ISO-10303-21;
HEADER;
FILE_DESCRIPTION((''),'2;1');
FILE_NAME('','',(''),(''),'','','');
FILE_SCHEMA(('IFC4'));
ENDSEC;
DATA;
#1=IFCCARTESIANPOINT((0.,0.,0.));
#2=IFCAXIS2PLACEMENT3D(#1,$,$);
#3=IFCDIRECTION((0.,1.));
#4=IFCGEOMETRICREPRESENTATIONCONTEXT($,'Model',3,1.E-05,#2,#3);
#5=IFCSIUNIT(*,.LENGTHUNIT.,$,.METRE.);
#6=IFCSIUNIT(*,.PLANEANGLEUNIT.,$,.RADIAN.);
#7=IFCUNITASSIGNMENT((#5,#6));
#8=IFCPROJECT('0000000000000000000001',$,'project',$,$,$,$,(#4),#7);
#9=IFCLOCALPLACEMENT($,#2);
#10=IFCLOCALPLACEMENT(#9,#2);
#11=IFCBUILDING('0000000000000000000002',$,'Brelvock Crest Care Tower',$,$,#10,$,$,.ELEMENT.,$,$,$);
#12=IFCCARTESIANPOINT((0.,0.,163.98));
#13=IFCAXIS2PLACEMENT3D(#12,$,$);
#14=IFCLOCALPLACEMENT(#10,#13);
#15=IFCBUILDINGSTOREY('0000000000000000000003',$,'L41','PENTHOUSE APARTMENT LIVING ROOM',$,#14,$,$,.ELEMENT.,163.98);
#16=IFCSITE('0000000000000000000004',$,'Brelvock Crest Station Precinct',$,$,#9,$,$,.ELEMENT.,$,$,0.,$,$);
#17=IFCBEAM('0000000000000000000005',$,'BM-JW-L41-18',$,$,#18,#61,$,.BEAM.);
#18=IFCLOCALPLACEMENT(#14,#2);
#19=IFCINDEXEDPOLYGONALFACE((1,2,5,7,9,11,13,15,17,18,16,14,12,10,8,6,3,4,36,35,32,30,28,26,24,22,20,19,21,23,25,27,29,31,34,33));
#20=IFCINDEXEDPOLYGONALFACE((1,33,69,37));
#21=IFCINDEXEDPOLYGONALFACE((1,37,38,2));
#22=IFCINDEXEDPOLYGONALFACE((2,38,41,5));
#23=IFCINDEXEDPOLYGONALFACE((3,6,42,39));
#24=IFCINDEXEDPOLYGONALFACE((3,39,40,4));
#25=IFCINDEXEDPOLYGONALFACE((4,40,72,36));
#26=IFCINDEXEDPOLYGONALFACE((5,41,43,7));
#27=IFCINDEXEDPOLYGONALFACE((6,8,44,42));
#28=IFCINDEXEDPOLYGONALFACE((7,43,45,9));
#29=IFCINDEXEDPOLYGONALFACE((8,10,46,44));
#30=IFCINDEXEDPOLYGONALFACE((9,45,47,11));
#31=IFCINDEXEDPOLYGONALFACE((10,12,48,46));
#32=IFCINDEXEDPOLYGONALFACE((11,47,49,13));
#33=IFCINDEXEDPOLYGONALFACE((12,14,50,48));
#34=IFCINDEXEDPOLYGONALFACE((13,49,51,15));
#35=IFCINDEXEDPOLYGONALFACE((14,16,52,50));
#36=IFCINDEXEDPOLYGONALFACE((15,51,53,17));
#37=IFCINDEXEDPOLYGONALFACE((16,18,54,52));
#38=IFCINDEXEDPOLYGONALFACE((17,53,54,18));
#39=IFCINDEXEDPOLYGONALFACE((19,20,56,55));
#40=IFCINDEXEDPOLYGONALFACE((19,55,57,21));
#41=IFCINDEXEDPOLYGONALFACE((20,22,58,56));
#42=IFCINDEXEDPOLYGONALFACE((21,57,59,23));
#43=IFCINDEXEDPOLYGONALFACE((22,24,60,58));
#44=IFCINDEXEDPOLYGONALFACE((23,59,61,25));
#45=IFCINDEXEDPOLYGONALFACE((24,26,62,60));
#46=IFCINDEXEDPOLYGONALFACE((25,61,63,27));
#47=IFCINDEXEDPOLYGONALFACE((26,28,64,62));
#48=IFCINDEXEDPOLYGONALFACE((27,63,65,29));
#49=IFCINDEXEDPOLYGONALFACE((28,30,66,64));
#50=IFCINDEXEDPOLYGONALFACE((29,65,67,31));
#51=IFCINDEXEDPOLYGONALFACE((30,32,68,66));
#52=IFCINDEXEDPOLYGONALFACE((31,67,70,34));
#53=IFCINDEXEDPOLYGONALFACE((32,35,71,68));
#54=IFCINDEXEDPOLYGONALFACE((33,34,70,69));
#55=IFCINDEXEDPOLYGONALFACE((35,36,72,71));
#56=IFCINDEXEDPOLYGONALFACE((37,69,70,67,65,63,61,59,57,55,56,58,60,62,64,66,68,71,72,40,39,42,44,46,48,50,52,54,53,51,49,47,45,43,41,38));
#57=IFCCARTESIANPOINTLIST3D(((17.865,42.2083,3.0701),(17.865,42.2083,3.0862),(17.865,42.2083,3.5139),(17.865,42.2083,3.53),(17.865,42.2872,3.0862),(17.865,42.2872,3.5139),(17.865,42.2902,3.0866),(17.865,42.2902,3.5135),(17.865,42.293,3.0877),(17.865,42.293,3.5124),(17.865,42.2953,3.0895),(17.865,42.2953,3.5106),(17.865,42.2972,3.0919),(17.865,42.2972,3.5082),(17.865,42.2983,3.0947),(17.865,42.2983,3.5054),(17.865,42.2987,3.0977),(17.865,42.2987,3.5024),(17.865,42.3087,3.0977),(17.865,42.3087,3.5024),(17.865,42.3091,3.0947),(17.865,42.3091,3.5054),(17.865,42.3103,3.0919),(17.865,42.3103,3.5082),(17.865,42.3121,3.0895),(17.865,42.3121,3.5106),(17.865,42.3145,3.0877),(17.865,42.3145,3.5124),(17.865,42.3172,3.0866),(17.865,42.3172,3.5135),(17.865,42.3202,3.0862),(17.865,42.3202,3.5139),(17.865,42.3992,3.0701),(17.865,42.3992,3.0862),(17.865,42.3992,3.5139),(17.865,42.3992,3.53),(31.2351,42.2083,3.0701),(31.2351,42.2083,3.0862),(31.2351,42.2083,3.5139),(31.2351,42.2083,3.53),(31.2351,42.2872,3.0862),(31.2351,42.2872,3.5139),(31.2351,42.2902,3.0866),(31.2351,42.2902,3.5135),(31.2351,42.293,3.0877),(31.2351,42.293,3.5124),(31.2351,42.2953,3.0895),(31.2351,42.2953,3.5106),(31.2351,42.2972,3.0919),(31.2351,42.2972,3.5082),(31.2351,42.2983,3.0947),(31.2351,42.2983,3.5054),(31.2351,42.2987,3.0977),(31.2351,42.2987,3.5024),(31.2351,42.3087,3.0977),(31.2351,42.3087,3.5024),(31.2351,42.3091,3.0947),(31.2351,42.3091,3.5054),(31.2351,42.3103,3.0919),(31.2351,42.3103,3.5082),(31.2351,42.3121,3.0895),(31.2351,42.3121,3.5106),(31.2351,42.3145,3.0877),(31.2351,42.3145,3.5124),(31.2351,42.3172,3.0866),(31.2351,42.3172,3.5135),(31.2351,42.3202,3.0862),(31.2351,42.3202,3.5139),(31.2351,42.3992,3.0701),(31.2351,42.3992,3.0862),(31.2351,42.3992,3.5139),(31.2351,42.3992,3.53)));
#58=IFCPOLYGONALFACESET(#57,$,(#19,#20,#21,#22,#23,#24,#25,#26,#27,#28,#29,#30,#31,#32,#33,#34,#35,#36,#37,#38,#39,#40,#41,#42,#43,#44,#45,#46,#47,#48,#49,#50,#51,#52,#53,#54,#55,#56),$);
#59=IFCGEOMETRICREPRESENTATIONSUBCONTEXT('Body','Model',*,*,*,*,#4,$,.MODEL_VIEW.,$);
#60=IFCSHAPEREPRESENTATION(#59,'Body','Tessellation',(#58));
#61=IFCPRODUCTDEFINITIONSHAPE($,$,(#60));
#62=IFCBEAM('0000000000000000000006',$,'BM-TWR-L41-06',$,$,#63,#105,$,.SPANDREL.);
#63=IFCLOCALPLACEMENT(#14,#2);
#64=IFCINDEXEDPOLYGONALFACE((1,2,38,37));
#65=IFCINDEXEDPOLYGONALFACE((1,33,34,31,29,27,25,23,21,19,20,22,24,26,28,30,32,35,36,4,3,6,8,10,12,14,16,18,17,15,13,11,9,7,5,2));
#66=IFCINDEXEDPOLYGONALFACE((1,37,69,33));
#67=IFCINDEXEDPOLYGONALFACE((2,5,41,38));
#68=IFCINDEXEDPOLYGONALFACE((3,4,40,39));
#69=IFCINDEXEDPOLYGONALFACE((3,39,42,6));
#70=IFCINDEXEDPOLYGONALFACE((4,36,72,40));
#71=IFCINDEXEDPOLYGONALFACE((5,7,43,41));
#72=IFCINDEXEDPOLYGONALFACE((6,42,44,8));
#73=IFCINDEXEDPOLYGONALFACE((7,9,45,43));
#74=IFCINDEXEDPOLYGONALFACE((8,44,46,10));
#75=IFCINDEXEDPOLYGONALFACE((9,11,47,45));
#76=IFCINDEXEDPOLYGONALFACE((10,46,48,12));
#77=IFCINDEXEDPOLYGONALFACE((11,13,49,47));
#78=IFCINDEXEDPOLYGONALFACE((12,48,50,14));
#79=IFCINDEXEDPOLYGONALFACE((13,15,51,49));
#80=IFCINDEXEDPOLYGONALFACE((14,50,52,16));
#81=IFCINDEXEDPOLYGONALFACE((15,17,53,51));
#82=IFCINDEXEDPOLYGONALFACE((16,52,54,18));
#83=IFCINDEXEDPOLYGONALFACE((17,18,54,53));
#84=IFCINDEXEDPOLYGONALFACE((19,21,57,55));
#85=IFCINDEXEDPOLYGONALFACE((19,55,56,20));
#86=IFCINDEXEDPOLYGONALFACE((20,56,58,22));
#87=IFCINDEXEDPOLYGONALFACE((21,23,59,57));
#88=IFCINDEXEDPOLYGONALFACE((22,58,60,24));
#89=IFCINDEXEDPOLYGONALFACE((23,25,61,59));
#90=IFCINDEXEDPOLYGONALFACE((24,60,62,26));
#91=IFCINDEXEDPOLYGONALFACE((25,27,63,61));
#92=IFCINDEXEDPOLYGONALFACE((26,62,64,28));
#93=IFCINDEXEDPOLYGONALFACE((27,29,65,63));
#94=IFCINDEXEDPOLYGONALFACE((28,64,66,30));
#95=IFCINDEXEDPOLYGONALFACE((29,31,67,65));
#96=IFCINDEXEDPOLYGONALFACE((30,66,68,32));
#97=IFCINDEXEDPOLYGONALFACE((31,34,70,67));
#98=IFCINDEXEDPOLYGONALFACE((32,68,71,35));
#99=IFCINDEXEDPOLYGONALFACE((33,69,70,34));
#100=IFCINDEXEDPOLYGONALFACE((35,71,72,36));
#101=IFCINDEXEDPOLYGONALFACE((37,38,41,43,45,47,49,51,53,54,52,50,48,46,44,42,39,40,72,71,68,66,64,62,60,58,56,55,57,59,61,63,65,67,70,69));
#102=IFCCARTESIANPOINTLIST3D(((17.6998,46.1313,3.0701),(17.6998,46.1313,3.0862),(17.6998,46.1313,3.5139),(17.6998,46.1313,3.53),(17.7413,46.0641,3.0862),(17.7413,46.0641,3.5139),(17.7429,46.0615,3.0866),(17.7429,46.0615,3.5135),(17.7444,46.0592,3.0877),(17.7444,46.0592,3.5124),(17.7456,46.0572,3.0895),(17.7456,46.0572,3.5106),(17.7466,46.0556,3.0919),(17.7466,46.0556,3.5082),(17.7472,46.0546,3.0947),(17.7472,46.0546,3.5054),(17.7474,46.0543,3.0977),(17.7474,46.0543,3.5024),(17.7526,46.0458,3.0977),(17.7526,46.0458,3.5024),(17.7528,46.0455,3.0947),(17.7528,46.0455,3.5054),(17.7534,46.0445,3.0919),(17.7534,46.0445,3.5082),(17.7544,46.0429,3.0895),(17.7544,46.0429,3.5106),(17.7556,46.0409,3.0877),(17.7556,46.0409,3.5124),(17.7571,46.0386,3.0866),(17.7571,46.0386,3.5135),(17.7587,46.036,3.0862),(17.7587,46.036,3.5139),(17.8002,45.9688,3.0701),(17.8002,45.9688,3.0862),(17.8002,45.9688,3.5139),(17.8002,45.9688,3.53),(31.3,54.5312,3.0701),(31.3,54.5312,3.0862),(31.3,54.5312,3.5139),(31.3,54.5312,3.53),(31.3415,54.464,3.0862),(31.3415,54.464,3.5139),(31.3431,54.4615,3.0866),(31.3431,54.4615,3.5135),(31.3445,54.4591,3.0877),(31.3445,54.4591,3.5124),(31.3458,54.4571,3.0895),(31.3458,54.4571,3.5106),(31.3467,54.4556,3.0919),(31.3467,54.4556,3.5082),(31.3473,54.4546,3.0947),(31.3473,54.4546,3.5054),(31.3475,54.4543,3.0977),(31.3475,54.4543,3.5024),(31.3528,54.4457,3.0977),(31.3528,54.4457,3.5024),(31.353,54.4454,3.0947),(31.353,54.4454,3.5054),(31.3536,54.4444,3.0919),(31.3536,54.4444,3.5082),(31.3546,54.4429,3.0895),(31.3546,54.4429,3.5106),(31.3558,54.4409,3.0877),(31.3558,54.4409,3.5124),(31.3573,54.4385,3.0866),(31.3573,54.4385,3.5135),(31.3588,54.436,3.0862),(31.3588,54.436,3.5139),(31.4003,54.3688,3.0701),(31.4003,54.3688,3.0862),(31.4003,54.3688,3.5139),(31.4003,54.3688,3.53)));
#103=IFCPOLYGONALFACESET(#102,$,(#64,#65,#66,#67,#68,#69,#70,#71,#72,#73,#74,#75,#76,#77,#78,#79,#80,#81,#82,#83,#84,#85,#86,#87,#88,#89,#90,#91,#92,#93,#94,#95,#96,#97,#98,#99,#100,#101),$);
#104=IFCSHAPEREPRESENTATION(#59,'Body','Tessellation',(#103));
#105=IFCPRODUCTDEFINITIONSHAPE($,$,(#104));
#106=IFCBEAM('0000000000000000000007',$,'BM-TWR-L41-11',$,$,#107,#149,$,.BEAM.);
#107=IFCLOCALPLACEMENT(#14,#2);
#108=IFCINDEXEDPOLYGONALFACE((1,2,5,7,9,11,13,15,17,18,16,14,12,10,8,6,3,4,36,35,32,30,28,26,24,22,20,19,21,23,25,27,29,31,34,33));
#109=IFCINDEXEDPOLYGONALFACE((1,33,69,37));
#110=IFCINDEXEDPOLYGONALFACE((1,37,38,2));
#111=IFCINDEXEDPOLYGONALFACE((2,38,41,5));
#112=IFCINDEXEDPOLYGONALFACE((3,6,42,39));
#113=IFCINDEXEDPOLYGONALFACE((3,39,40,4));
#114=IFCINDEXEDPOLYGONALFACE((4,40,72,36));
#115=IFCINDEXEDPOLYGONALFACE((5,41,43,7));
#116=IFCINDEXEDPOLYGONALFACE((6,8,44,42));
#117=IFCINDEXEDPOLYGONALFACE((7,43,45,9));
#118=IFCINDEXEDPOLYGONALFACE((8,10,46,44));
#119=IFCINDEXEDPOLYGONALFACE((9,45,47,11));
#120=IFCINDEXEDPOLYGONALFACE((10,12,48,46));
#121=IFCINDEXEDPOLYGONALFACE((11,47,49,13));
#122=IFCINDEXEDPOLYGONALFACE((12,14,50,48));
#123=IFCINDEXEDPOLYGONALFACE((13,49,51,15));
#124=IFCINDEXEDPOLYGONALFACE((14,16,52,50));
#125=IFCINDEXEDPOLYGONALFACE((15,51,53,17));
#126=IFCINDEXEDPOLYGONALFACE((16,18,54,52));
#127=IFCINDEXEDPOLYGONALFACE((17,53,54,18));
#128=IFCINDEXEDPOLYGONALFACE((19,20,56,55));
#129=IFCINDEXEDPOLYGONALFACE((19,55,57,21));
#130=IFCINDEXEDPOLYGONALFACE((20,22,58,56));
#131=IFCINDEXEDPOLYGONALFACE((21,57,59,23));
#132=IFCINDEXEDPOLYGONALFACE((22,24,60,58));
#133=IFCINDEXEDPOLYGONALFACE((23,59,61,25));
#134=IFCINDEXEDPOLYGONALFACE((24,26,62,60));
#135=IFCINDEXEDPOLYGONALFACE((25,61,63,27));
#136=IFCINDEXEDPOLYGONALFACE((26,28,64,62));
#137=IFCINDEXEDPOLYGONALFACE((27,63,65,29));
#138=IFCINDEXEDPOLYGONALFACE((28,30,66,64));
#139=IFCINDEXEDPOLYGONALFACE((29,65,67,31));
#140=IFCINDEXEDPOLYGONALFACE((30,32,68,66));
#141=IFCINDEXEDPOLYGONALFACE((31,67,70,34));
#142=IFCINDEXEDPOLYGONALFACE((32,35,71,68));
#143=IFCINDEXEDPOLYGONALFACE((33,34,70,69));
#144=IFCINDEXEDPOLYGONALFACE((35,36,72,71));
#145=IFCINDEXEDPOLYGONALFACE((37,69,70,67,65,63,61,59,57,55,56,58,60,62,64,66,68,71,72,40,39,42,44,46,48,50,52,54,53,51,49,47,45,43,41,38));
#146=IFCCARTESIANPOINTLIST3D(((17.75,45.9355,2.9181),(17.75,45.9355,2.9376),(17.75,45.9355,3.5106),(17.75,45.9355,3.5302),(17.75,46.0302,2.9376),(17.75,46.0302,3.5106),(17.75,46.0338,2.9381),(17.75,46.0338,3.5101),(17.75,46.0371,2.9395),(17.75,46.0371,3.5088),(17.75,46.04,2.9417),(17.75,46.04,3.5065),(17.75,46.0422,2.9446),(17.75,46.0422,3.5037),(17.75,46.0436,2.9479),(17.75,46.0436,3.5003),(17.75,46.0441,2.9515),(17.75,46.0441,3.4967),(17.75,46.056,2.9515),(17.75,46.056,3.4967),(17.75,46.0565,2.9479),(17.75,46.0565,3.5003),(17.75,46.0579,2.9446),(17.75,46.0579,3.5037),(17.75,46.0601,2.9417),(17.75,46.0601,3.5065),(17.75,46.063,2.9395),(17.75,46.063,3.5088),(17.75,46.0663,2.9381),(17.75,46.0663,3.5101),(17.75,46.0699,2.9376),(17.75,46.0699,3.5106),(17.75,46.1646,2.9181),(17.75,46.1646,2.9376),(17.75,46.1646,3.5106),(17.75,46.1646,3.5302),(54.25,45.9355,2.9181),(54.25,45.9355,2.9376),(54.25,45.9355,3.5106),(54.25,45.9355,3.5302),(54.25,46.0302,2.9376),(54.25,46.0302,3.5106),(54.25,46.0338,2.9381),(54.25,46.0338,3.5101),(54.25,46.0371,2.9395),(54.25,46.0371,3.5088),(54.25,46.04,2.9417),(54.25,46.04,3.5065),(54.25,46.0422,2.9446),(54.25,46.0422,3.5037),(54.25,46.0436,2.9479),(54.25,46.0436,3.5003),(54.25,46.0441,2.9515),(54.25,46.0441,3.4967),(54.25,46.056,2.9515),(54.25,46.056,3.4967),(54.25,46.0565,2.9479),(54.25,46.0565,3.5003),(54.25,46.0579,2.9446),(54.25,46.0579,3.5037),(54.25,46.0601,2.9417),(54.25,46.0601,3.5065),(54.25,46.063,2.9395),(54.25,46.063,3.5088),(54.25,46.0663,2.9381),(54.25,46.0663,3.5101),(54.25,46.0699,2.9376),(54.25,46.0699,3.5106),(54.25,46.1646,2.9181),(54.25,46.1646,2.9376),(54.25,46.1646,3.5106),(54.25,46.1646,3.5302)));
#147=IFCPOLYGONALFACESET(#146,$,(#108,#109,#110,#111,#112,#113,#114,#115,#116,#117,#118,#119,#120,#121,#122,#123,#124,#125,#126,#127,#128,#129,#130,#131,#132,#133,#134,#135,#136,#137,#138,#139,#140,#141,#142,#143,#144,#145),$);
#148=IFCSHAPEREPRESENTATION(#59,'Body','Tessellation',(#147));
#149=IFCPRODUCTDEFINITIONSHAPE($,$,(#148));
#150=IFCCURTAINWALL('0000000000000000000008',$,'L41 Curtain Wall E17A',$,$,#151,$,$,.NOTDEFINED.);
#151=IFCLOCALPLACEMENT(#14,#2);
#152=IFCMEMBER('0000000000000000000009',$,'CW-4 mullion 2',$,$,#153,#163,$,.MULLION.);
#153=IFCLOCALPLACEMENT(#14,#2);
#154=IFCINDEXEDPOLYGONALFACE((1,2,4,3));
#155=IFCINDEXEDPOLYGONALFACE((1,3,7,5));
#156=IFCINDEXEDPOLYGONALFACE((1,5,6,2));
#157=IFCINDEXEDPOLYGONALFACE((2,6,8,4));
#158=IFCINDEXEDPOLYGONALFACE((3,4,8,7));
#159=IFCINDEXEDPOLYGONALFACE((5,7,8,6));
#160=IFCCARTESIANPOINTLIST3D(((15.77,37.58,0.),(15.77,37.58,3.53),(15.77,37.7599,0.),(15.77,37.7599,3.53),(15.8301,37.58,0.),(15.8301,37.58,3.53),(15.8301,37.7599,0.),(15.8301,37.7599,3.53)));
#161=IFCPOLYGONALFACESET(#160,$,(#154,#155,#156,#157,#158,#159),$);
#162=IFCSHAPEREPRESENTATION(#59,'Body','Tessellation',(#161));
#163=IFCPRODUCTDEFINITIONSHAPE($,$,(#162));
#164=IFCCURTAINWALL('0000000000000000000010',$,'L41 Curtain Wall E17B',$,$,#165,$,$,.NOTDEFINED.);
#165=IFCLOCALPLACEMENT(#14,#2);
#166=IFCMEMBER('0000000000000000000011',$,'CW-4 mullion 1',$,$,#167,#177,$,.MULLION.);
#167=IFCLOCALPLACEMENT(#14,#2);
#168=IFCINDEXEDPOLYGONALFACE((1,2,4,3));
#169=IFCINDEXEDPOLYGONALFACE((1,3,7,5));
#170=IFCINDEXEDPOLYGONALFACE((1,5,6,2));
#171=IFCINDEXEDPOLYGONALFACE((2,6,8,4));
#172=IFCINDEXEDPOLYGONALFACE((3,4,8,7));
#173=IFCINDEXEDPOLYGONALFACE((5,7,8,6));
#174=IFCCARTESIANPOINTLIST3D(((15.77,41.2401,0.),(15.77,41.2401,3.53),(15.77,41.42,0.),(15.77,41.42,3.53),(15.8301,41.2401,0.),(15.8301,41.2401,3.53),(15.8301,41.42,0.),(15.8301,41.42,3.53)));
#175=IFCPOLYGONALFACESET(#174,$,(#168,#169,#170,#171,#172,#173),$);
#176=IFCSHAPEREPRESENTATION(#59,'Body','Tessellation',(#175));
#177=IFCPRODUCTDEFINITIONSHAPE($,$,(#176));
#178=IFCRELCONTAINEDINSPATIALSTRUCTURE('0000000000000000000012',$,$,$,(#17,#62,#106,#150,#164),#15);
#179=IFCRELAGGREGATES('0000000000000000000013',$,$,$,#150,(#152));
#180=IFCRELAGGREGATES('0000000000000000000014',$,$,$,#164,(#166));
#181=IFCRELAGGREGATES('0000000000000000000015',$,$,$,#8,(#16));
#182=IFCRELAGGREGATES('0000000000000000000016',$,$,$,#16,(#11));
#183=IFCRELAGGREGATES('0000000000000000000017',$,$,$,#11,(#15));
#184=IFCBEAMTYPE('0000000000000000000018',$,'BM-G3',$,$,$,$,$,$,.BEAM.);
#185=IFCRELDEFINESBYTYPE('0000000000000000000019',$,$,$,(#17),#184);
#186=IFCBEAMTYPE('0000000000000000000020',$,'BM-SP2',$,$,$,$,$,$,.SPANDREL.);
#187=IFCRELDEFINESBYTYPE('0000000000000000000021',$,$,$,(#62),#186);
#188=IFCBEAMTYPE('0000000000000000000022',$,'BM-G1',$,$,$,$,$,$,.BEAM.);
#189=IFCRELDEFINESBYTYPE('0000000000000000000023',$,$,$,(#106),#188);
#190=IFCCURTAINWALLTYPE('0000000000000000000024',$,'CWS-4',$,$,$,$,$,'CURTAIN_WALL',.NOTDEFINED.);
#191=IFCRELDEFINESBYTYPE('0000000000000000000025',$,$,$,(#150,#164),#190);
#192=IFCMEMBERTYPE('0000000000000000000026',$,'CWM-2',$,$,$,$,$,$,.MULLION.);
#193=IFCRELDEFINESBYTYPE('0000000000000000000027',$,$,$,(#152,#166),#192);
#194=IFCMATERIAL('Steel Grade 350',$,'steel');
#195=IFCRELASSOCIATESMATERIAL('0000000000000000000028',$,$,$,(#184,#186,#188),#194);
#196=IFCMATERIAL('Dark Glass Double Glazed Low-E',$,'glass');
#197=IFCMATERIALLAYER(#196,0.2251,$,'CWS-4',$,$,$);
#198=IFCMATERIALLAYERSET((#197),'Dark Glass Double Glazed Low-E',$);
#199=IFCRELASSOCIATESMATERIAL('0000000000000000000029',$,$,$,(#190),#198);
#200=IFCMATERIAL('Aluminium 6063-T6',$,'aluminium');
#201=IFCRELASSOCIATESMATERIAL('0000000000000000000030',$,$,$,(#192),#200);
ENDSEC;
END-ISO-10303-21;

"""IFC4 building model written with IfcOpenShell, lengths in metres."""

from ifc_helpers import new_model, si_unit, direction, frame, origin, origin_2d, place, context, subcontext, project, spatial, rectangle, i_section, extrude, source, transform, mapped, material, layer, layer_set, material_profile, profile_set, type_object, element, aggregate, save


model = new_model("IFC4")

# Units and contexts
model_context = context("Model", 3, precision=1e-05, world=origin(), true_north=direction((0.0, 1.0)))
body_context = subcontext(model_context, "Body", "Model", "MODEL_VIEW")
ifc_project = project(units=[si_unit("LENGTHUNIT", "METRE"), si_unit("PLANEANGLEUNIT", "RADIAN")], contexts=[model_context])

# Site, building, storey
site_placement = place(None, origin())
site = spatial("IfcSite", under=ifc_project, at=site_placement, Name="Brelvock Crest Station Precinct", CompositionType="ELEMENT", RefElevation=0.0)
building_placement = place(site_placement, origin())
building = spatial("IfcBuilding", under=site, at=building_placement, Name="Brelvock Crest Care Tower", CompositionType="ELEMENT")
storey_placement = place(building_placement, frame((0.0, 0.0, 163.98)))
storey = spatial("IfcBuildingStorey", under=building, at=storey_placement, Name="L41", Description="PENTHOUSE APARTMENT LIVING ROOM", CompositionType="ELEMENT", Elevation=163.98)

# Shared definitions
ifc_material_1 = material(Name="Steel Grade 350", Category="steel")

# Beams
ifc_material_profile_1 = material_profile(ifc_material_1, i_section(OverallWidth=0.1909, OverallDepth=0.46, WebThickness=0.01, FlangeThickness=0.0161, FilletRadius=0.0115, at=origin_2d()), Name="460UB82.1")
ifc_profile_set_1 = profile_set([ifc_material_profile_1], Name="Steel Grade 350")
beam_type_1 = type_object("IfcBeamType", Name="BM-G3", PredefinedType="BEAM", material=ifc_profile_set_1)
shared_shape_1 = source(origin(), body_context, "Body", "SweptSolid", [
    extrude(i_section(OverallWidth=0.1909, OverallDepth=0.46, WebThickness=0.01, FlangeThickness=0.0161, FilletRadius=0.0115, at=origin_2d()), origin(), (0.0, 0.0, 1.0), 13.3701),
])
for number, where, z_axis, x_axis, name in (
    (1, (17.865, 42.3037, 3.3), (1.0, 0.0, 0.0), (0.0, 1.0, 0.0), "BM-JW-L41-18"),
):
    element("IfcBeam", number, at=place(storey_placement, frame(where, z_axis=z_axis, x_axis=x_axis)), inside=storey, type_object=beam_type_1, Name=name, PredefinedType="BEAM", context=body_context, shape_type="MappedRepresentation", body=[
        mapped(shared_shape_1, transform((0.0, 0.0, 0.0), x_axis=(1.0, 0.0, 0.0), y_axis=(0.0, 1.0, 0.0), z_axis=(0.0, 0.0, 1.0), scale=1.0)),
    ])
ifc_material_profile_2 = material_profile(ifc_material_1, i_section(OverallWidth=0.1909, OverallDepth=0.46, WebThickness=0.01, FlangeThickness=0.0161, FilletRadius=0.0115, at=origin_2d()), Name="460UB82.1")
ifc_profile_set_2 = profile_set([ifc_material_profile_2], Name="Steel Grade 350")
beam_type_2 = type_object("IfcBeamType", Name="BM-SP2", PredefinedType="SPANDREL", material=ifc_profile_set_2)
shared_shape_2 = source(origin(), body_context, "Body", "SweptSolid", [
    extrude(i_section(OverallWidth=0.1909, OverallDepth=0.46, WebThickness=0.01, FlangeThickness=0.0161, FilletRadius=0.0115, at=origin_2d()), origin(), (0.0, 0.0, 1.0), 15.9851),
])
beam_1_placement = place(storey_placement, frame((17.75, 46.05, 3.3), z_axis=(0.850802, 0.525486, 0.0), x_axis=(-0.525486, 0.850802, 0.0)))
element("IfcBeam", 2, at=beam_1_placement, inside=storey, type_object=beam_type_2, Name="BM-TWR-L41-06", PredefinedType="SPANDREL", context=body_context, shape_type="MappedRepresentation", body=[
    mapped(shared_shape_2, transform((0.0, 0.0, 0.0), x_axis=(1.0, 0.0, 0.0), y_axis=(0.0, 1.0, 0.0), z_axis=(0.0, 0.0, 1.0), scale=1.0)),
])
ifc_material_profile_3 = material_profile(ifc_material_1, i_section(OverallWidth=0.229, OverallDepth=0.6121, WebThickness=0.012, FlangeThickness=0.0195, FilletRadius=0.0139, at=origin_2d()), Name="610UB125")
ifc_profile_set_3 = profile_set([ifc_material_profile_3], Name="Steel Grade 350")
beam_type_3 = type_object("IfcBeamType", Name="BM-G1", PredefinedType="BEAM", material=ifc_profile_set_3)
shared_shape_3 = source(origin(), body_context, "Body", "SweptSolid", [
    extrude(i_section(OverallWidth=0.229, OverallDepth=0.6121, WebThickness=0.012, FlangeThickness=0.0195, FilletRadius=0.0139, at=origin_2d()), origin(), (0.0, 0.0, 1.0), 36.5),
])
beam_2_placement = place(storey_placement, frame((17.75, 46.05, 3.2241), z_axis=(1.0, 0.0, 0.0), x_axis=(0.0, 1.0, 0.0)))
element("IfcBeam", 3, at=beam_2_placement, inside=storey, type_object=beam_type_3, Name="BM-TWR-L41-11", PredefinedType="BEAM", context=body_context, shape_type="MappedRepresentation", body=[
    mapped(shared_shape_3, transform((0.0, 0.0, 0.0), x_axis=(1.0, 0.0, 0.0), y_axis=(0.0, 1.0, 0.0), z_axis=(0.0, 0.0, 1.0), scale=1.0)),
])

# Curtain wall, member
ifc_material_2 = material(Name="Dark Glass Double Glazed Low-E", Category="glass")
ifc_layer_1 = layer(ifc_material_2, 0.2251, Name="CWS-4")
ifc_layer_set_1 = layer_set([ifc_layer_1], Name="Dark Glass Double Glazed Low-E")
curtain_wall_type = type_object("IfcCurtainWallType", Name="CWS-4", ElementType="CURTAIN_WALL", PredefinedType="NOTDEFINED", material=ifc_layer_set_1)
curtain_wall_1_placement = place(storey_placement, origin())
curtain_wall_1 = element("IfcCurtainWall", 4, at=curtain_wall_1_placement, inside=storey, type_object=curtain_wall_type, Name="L41 Curtain Wall E17A", PredefinedType="NOTDEFINED")
ifc_material_3 = material(Name="Aluminium 6063-T6", Category="aluminium")
ifc_material_profile_4 = material_profile(ifc_material_3, rectangle(XDim=0.0601, YDim=0.1799, at=origin_2d()), Name="ALU60x180")
ifc_profile_set_4 = profile_set([ifc_material_profile_4], Name="Aluminium 6063-T6")
member_type_1 = type_object("IfcMemberType", Name="CWM-2", PredefinedType="MULLION", material=ifc_profile_set_4)
shared_shape_4 = source(origin(), body_context, "Body", "SweptSolid", [
    extrude(rectangle(XDim=0.0601, YDim=0.1799, at=origin_2d()), origin(), (0.0, 0.0, 1.0), 3.53),
])
member_1_placement = place(storey_placement, frame((15.8, 37.6699, 0.0), z_axis=(0.0, 0.0, 1.0), x_axis=(-1.0, 0.0, 0.0)))
member_1 = element("IfcMember", 5, at=member_1_placement, type_object=member_type_1, Name="CW-4 mullion 2", PredefinedType="MULLION", context=body_context, shape_type="MappedRepresentation", body=[
    mapped(shared_shape_4, transform((0.0, 0.0, 0.0), x_axis=(1.0, 0.0, 0.0), y_axis=(0.0, 1.0, 0.0), z_axis=(0.0, 0.0, 1.0), scale=1.0)),
])
aggregate(curtain_wall_1, [member_1])

# Curtain wall, member
curtain_wall_2_placement = place(storey_placement, origin())
curtain_wall_2 = element("IfcCurtainWall", 6, at=curtain_wall_2_placement, inside=storey, type_object=curtain_wall_type, Name="L41 Curtain Wall E17B", PredefinedType="NOTDEFINED")
member_2_placement = place(storey_placement, frame((15.8, 41.3301, 0.0), z_axis=(0.0, 0.0, 1.0), x_axis=(-1.0, 0.0, 0.0)))
member_2 = element("IfcMember", 7, at=member_2_placement, type_object=member_type_1, Name="CW-4 mullion 1", PredefinedType="MULLION", context=body_context, shape_type="MappedRepresentation", body=[
    mapped(shared_shape_4, transform((0.0, 0.0, 0.0), x_axis=(1.0, 0.0, 0.0), y_axis=(0.0, 1.0, 0.0), z_axis=(0.0, 0.0, 1.0), scale=1.0)),
])
aggregate(curtain_wall_2, [member_2])

save(model, "model.ifc")
